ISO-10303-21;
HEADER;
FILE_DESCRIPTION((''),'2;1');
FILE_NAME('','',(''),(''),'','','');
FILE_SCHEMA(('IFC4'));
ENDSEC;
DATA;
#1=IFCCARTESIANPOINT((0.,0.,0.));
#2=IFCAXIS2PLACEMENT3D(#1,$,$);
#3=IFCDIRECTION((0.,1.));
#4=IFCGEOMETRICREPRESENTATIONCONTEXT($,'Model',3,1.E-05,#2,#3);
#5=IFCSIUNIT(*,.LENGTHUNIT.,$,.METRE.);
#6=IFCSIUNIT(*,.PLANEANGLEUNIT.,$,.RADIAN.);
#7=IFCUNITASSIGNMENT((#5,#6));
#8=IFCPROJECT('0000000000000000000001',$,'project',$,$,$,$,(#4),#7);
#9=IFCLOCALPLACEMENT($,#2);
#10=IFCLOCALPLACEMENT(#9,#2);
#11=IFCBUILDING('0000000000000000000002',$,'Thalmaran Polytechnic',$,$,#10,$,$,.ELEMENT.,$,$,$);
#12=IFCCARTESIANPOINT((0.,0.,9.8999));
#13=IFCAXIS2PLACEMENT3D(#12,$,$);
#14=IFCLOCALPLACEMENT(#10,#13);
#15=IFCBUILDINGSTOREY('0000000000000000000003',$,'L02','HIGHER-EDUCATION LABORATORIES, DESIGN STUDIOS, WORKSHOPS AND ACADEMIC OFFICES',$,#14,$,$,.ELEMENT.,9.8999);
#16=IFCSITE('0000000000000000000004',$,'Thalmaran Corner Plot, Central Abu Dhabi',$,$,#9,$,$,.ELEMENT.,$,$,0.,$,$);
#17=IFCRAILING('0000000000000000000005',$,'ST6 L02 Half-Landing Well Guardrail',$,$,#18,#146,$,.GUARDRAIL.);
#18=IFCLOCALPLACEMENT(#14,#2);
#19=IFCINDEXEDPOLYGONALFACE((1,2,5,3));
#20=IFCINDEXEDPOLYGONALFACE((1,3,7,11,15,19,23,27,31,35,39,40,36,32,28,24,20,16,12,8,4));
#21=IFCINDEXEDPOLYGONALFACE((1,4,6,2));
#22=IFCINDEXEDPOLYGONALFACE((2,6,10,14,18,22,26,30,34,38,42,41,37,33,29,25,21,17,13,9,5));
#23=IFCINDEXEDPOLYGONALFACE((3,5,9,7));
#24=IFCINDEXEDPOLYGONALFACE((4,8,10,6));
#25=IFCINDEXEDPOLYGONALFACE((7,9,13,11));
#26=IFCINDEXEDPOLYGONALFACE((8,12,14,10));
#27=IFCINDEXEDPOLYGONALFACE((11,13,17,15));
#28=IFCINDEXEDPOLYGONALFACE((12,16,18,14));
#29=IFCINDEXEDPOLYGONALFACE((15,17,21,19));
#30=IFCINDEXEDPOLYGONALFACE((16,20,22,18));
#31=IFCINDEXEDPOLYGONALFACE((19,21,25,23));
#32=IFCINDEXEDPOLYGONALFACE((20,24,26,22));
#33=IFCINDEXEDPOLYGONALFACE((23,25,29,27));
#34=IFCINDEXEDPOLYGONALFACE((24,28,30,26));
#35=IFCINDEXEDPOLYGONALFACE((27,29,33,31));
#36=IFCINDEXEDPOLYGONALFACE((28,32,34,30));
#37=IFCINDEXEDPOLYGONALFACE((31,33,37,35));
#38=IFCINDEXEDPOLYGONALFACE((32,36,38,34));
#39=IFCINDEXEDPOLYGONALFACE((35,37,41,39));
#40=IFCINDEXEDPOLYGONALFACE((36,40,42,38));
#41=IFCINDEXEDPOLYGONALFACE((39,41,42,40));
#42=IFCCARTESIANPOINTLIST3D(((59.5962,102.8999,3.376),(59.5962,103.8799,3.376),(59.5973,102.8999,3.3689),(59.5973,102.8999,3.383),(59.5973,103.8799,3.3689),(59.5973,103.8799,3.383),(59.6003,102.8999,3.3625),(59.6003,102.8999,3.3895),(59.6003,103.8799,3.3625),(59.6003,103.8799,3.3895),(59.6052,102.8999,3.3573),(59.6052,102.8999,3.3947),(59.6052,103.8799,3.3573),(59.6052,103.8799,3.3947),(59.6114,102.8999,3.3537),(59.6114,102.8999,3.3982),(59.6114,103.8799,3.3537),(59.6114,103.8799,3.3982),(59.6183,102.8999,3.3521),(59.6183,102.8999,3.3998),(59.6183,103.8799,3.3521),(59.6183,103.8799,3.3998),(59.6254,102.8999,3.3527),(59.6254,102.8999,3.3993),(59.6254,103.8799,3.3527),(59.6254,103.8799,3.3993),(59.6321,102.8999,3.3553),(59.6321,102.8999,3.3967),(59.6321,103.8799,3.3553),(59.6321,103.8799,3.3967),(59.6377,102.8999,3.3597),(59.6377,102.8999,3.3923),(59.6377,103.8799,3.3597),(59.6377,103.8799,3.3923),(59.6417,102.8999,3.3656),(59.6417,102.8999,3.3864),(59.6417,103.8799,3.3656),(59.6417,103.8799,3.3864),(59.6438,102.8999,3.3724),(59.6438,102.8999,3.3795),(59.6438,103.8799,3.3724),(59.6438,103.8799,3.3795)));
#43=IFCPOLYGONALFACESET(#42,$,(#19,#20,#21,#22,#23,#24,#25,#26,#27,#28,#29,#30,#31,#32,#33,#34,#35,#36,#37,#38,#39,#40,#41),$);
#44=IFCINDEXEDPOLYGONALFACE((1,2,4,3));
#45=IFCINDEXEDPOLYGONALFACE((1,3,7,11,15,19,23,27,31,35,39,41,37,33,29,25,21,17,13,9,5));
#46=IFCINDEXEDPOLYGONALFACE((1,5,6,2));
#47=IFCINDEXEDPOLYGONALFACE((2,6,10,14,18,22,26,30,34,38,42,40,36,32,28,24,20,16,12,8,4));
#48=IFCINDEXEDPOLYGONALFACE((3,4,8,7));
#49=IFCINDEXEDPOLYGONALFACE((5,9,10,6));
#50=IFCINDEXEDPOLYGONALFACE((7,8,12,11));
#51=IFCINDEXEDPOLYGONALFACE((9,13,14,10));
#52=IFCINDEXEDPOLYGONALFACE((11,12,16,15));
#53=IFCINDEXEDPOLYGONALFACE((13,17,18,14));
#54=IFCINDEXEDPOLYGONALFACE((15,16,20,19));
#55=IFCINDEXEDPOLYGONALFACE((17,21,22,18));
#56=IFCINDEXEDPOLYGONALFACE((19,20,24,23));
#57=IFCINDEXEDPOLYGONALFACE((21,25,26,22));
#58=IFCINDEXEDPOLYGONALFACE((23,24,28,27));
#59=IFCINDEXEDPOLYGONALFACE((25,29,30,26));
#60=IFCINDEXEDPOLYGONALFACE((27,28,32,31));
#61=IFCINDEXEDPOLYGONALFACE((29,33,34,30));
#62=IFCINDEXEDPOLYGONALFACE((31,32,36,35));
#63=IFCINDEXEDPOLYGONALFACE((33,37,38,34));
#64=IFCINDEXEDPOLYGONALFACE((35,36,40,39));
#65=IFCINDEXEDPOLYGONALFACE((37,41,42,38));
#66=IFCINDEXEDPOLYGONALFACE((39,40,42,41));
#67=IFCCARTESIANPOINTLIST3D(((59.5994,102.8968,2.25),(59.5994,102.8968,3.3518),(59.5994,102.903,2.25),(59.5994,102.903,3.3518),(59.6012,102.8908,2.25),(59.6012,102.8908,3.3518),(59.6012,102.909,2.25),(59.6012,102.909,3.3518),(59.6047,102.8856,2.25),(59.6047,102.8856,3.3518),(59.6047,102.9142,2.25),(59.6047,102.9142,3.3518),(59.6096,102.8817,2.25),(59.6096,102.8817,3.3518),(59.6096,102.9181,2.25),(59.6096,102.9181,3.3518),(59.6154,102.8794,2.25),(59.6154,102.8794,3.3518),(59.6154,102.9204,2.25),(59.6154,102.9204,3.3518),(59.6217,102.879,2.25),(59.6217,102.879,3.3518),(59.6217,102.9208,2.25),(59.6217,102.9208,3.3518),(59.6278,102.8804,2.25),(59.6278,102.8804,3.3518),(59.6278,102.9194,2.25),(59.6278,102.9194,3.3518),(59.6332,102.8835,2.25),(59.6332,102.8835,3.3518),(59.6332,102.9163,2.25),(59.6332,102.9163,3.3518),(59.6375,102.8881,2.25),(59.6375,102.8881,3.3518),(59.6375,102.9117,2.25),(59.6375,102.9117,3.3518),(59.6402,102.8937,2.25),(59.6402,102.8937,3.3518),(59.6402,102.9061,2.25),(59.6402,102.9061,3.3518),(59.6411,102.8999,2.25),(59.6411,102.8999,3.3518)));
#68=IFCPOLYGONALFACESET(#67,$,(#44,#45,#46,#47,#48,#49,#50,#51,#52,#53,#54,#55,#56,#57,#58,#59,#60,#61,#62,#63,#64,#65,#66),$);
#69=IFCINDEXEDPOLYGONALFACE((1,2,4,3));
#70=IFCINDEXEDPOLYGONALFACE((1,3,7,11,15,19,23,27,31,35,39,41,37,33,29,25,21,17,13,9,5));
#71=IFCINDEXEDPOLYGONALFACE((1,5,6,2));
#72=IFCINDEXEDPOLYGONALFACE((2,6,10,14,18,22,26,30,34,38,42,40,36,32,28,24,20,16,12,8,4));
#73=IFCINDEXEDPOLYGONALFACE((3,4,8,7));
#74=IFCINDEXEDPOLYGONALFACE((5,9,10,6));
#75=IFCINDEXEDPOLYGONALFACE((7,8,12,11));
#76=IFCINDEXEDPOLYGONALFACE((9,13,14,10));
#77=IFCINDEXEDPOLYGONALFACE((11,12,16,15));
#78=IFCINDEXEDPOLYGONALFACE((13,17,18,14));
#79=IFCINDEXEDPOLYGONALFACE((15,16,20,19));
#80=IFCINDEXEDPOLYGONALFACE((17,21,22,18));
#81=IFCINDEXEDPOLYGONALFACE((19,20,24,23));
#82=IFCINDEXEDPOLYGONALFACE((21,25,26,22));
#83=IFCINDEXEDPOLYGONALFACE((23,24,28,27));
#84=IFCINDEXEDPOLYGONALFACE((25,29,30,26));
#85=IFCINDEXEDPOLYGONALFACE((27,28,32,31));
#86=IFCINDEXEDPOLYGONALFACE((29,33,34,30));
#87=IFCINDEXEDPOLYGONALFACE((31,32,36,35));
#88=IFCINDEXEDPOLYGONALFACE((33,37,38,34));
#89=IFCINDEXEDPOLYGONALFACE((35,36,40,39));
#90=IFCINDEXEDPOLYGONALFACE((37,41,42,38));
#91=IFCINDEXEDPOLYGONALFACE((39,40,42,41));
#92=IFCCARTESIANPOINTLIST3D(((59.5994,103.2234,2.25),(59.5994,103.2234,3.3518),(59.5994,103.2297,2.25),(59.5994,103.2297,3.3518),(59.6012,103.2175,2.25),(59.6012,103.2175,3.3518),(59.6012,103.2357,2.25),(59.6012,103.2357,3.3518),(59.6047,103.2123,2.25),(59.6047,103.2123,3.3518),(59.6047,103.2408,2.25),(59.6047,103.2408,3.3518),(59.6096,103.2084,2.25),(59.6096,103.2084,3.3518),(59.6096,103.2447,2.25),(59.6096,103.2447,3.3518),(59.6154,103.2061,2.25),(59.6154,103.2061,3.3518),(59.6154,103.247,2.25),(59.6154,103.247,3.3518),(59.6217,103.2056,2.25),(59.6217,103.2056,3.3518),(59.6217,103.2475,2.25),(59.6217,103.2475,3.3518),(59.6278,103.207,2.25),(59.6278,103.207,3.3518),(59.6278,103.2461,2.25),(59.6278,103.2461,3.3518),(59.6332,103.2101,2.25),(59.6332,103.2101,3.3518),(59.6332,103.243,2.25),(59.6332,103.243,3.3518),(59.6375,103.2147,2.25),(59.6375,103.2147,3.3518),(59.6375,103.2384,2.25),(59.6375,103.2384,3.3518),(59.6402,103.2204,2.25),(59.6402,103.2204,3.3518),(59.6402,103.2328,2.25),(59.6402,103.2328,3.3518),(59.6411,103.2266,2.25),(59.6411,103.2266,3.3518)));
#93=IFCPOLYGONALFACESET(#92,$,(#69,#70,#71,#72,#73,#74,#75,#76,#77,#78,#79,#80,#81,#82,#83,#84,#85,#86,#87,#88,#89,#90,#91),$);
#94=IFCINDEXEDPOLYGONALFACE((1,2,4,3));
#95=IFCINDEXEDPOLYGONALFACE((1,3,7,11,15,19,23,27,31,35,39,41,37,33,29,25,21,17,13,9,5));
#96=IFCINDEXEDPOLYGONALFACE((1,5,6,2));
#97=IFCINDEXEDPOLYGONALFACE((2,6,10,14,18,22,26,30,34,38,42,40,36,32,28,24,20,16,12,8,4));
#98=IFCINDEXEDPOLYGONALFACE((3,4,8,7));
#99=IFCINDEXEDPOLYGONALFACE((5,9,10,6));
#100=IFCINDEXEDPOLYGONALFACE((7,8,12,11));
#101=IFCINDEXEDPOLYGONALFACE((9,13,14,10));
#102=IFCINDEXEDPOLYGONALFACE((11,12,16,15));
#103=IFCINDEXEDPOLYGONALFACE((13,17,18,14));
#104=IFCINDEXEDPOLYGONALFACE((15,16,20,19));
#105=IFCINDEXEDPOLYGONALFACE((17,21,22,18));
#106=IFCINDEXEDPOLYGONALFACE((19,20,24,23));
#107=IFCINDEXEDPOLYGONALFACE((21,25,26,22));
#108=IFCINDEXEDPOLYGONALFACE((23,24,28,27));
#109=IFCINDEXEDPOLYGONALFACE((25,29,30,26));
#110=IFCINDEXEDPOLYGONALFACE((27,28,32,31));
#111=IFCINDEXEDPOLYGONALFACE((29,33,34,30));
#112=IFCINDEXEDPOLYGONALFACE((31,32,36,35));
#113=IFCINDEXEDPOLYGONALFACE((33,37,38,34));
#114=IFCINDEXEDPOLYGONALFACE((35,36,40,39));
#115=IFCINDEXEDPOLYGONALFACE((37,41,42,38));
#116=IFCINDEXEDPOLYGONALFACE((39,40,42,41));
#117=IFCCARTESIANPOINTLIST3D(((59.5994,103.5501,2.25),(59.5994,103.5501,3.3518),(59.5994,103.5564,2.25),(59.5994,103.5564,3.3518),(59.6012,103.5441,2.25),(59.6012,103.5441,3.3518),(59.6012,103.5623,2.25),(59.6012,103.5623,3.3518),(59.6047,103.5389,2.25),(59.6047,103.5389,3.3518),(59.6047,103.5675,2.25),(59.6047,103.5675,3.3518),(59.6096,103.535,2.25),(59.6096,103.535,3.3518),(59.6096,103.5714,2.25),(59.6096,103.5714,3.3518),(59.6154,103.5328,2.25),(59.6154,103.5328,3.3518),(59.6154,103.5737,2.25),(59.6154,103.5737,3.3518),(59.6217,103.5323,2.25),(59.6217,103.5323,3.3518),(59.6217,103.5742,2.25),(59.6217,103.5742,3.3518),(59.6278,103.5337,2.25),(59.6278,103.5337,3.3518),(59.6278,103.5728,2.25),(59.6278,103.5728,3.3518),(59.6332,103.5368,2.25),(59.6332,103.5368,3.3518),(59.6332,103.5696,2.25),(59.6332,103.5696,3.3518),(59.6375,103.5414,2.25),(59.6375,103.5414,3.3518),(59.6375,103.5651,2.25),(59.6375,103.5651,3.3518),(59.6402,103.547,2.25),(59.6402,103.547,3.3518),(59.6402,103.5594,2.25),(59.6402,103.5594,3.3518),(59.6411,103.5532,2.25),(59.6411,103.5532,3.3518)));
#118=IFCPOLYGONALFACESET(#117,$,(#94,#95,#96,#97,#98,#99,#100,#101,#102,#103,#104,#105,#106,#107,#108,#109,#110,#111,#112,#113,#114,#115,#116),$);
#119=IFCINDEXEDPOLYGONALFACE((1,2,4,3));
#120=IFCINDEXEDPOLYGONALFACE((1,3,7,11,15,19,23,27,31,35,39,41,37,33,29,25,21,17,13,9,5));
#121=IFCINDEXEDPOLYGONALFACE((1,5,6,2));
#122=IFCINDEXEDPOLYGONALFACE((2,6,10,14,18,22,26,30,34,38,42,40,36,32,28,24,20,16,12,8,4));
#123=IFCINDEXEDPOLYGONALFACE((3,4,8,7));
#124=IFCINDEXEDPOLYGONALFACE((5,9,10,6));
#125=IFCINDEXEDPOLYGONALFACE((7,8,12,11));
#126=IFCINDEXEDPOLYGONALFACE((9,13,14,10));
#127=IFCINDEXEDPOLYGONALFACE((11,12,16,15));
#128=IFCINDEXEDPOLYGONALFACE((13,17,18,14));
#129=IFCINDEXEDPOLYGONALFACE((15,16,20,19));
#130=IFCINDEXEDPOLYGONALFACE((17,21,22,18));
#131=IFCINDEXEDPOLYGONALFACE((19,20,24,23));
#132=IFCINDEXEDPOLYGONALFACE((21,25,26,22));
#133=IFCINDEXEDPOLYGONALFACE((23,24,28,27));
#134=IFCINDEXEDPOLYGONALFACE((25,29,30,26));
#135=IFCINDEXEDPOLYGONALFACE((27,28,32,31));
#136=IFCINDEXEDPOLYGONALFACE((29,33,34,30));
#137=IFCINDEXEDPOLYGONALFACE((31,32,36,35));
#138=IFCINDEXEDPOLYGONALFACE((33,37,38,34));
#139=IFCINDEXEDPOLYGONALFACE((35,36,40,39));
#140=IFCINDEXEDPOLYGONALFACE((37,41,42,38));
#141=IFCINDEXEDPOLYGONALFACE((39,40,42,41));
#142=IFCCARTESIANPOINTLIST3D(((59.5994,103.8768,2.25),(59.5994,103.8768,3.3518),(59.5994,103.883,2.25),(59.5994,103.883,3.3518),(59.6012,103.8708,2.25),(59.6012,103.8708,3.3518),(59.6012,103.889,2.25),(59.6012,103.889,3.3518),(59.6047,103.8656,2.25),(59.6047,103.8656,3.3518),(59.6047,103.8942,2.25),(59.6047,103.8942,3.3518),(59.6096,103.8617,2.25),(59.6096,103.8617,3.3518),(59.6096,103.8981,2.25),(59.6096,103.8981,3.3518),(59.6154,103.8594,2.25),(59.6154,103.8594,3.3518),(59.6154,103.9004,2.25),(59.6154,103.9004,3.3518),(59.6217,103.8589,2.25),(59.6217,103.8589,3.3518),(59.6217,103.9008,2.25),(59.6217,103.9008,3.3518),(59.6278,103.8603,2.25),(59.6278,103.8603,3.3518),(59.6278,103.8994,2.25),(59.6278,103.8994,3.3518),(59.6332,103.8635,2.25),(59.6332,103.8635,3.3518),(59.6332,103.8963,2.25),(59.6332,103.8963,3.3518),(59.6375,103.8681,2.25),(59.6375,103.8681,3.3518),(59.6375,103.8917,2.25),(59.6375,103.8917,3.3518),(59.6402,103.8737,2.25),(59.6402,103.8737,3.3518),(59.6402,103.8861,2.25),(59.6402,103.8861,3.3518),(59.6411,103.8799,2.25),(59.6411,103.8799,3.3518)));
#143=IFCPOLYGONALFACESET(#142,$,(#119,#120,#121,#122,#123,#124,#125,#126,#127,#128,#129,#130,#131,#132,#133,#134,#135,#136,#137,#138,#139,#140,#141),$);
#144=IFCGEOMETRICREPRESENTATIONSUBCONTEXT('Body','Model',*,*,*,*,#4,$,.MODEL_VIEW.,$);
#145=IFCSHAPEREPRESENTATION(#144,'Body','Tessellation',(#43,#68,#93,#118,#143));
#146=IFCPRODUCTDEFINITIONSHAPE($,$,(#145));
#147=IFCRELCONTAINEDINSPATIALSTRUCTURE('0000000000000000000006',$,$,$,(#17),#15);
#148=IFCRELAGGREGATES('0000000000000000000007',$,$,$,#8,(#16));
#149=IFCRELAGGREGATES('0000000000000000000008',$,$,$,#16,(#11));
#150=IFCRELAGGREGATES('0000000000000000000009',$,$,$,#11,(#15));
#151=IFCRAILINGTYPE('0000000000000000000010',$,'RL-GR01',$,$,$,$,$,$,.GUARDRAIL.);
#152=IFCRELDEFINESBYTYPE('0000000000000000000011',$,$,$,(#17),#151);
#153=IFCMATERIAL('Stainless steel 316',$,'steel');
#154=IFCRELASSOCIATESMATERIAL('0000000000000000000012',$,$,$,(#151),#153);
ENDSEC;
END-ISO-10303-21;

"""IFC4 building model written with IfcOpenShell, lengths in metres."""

from ifc_helpers import new_model, si_unit, direction, frame, origin, origin_2d, place, context, subcontext, project, spatial, circle, extrude, material, type_object, element, save


model = new_model("IFC4")

# Units and contexts
model_context = context("Model", 3, precision=1e-05, world=origin(), true_north=direction((0.0, 1.0)))
body_context = subcontext(model_context, "Body", "Model", "MODEL_VIEW")
ifc_project = project(units=[si_unit("LENGTHUNIT", "METRE"), si_unit("PLANEANGLEUNIT", "RADIAN")], contexts=[model_context])

# Site, building, storey
site_placement = place(None, origin())
site = spatial("IfcSite", under=ifc_project, at=site_placement, Name="Thalmaran Corner Plot, Central Abu Dhabi", CompositionType="ELEMENT", RefElevation=0.0)
building_placement = place(site_placement, origin())
building = spatial("IfcBuilding", under=site, at=building_placement, Name="Thalmaran Polytechnic", CompositionType="ELEMENT")
storey_placement = place(building_placement, frame((0.0, 0.0, 9.8999)))
storey = spatial("IfcBuildingStorey", under=building, at=storey_placement, Name="L02", Description="HIGHER-EDUCATION LABORATORIES, DESIGN STUDIOS, WORKSHOPS AND ACADEMIC OFFICES", CompositionType="ELEMENT", Elevation=9.8999)

# Railing
ifc_material_1 = material(Name="Stainless steel 316", Category="steel")
railing_type_1 = type_object("IfcRailingType", Name="RL-GR01", PredefinedType="GUARDRAIL", material=ifc_material_1)
railing_1_placement = place(storey_placement, frame((59.6201, 102.8999, 2.25)))
element("IfcRailing", 1, at=railing_1_placement, inside=storey, type_object=railing_type_1, Name="ST6 L02 Half-Landing Well Guardrail", PredefinedType="GUARDRAIL", context=body_context, shape_type="SweptSolid", body=[
    extrude(circle(Radius=0.0239, at=origin_2d()), frame((0.0, 0.0, 1.126), z_axis=(0.0, 1.0, 0.0), x_axis=(-1.0, 0.0, 0.0)), (0.0, 0.0, 1.0), 0.98),
    extrude(circle(Radius=0.021, at=origin_2d()), origin(), (0.0, 0.0, 1.0), 1.1018),
    extrude(circle(Radius=0.021, at=origin_2d()), frame((0.0, 0.3267, 0.0)), (0.0, 0.0, 1.0), 1.1018),
    extrude(circle(Radius=0.021, at=origin_2d()), frame((0.0, 0.6533, 0.0)), (0.0, 0.0, 1.0), 1.1018),
    extrude(circle(Radius=0.021, at=origin_2d()), frame((0.0, 0.98, 0.0)), (0.0, 0.0, 1.0), 1.1018),
])

save(model, "model.ifc")
